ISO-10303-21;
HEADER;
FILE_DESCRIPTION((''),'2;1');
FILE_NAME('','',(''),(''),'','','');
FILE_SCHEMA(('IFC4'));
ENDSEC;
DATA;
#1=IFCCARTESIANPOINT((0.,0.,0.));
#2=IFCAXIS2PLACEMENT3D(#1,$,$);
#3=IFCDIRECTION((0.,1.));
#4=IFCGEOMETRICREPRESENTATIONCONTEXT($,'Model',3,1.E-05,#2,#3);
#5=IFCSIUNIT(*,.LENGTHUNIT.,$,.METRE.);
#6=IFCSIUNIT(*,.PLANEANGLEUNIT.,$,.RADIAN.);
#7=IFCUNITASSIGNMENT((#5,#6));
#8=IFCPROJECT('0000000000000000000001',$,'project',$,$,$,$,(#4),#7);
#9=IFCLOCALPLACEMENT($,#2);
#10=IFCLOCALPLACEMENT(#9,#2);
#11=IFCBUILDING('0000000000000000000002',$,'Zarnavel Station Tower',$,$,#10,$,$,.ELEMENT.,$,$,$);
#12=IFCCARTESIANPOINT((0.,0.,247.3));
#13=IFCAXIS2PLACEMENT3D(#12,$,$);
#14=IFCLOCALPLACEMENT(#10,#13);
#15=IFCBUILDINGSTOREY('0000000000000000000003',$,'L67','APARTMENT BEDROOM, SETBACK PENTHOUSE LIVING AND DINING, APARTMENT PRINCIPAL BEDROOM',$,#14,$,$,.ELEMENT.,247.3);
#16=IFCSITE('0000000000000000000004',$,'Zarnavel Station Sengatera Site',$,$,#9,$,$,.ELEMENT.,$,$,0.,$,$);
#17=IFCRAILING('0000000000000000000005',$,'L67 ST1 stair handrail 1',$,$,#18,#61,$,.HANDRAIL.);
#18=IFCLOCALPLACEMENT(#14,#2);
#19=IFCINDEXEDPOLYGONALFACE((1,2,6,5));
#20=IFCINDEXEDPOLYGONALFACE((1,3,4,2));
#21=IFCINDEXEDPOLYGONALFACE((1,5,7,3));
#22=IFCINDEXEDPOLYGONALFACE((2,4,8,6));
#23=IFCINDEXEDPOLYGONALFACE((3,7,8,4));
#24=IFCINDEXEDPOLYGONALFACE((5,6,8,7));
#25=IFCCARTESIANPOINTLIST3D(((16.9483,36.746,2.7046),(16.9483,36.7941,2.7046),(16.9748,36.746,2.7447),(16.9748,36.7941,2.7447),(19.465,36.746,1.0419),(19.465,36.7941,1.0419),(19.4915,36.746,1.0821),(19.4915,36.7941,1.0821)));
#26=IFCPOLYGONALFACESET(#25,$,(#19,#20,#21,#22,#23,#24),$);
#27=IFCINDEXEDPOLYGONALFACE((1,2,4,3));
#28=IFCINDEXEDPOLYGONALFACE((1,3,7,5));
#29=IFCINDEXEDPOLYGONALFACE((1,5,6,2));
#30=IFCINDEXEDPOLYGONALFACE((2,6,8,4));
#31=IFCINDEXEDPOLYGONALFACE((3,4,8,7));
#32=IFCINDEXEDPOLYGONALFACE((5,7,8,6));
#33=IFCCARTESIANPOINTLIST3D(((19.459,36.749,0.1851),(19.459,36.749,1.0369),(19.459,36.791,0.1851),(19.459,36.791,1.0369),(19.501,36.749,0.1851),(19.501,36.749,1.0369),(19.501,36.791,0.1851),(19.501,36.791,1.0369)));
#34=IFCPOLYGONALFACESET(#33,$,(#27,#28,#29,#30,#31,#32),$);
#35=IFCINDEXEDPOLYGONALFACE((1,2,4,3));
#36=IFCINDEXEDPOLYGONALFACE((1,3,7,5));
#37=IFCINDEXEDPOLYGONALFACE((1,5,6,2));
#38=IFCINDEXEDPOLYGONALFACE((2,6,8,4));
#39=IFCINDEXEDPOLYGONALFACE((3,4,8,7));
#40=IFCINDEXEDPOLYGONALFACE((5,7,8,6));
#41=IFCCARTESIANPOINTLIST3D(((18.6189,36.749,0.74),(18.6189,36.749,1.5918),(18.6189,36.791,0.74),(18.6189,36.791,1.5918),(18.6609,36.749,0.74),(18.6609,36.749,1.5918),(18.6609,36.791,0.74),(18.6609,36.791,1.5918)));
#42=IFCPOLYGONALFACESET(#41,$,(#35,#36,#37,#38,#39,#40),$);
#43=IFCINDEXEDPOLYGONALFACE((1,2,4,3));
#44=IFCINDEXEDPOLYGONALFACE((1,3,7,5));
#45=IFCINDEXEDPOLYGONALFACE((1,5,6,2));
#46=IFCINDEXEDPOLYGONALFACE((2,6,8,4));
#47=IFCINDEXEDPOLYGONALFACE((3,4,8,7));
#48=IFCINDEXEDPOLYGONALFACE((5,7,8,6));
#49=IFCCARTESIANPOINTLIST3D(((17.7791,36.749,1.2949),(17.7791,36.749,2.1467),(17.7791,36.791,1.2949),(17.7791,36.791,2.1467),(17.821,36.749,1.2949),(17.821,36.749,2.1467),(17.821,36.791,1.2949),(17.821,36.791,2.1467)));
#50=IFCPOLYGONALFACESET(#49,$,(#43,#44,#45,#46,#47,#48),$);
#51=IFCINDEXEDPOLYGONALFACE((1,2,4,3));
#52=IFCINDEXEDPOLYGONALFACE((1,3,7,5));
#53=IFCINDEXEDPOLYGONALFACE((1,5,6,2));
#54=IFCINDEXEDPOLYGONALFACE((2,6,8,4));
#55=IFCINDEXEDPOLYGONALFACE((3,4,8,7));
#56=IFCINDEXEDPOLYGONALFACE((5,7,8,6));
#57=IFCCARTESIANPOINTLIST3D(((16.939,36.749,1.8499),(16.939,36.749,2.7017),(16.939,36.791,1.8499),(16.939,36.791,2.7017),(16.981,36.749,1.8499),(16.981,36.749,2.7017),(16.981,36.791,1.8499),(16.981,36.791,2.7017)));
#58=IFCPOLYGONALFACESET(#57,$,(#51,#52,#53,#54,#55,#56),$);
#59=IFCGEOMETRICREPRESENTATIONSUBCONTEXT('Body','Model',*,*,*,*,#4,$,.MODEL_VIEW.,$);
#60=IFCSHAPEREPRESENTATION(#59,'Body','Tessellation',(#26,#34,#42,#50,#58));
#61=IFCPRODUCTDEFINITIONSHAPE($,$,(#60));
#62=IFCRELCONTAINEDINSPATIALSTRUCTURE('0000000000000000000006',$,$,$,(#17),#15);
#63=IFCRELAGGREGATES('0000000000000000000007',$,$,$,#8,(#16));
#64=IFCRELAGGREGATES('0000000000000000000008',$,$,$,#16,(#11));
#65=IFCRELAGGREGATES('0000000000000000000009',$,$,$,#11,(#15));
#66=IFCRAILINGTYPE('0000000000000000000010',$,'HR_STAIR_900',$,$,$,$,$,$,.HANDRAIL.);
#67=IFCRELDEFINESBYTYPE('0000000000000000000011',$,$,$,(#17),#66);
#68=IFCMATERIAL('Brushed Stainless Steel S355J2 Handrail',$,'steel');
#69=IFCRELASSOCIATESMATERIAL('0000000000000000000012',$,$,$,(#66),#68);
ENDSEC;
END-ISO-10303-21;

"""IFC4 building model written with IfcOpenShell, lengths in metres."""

from ifc_helpers import new_model, si_unit, direction, frame, origin, origin_2d, place, context, subcontext, project, spatial, rectangle, extrude, material, type_object, element, save


model = new_model("IFC4")

# Units and contexts
model_context = context("Model", 3, precision=1e-05, world=origin(), true_north=direction((0.0, 1.0)))
body_context = subcontext(model_context, "Body", "Model", "MODEL_VIEW")
ifc_project = project(units=[si_unit("LENGTHUNIT", "METRE"), si_unit("PLANEANGLEUNIT", "RADIAN")], contexts=[model_context])

# Site, building, storey
site_placement = place(None, origin())
site = spatial("IfcSite", under=ifc_project, at=site_placement, Name="Zarnavel Station Sengatera Site", CompositionType="ELEMENT", RefElevation=0.0)
building_placement = place(site_placement, origin())
building = spatial("IfcBuilding", under=site, at=building_placement, Name="Zarnavel Station Tower", CompositionType="ELEMENT")
storey_placement = place(building_placement, frame((0.0, 0.0, 247.3)))
storey = spatial("IfcBuildingStorey", under=building, at=storey_placement, Name="L67", Description="APARTMENT BEDROOM, SETBACK PENTHOUSE LIVING AND DINING, APARTMENT PRINCIPAL BEDROOM", CompositionType="ELEMENT", Elevation=247.3)

# Railing
ifc_material_1 = material(Name="Brushed Stainless Steel S355J2 Handrail", Category="steel")
railing_type_1 = type_object("IfcRailingType", Name="HR_STAIR_900", PredefinedType="HANDRAIL", material=ifc_material_1)
railing_1_placement = place(storey_placement, frame((19.48, 36.77, 0.1851)))
element("IfcRailing", 1, at=railing_1_placement, inside=storey, type_object=railing_type_1, Name="L67 ST1 stair handrail 1", PredefinedType="HANDRAIL", context=body_context, shape_type="SweptSolid", body=[
    extrude(rectangle(XDim=0.0481, YDim=0.0481, at=origin_2d()), frame((-0.0017, 0.0, 0.877), z_axis=(-0.834369, 0.0, 0.551207), x_axis=(0.0, -1.0, 0.0)), (0.0, 0.0, 1.0), 3.0164),
    extrude(rectangle(XDim=0.042, YDim=0.042, at=origin_2d()), origin(), (0.0, 0.0, 1.0), 0.8518),
    extrude(rectangle(XDim=0.042, YDim=0.042, at=origin_2d()), frame((-0.8401, 0.0, 0.5549)), (0.0, 0.0, 1.0), 0.8518),
    extrude(rectangle(XDim=0.042, YDim=0.042, at=origin_2d()), frame((-1.6799, 0.0, 1.1099)), (0.0, 0.0, 1.0), 0.8518),
    extrude(rectangle(XDim=0.042, YDim=0.042, at=origin_2d()), frame((-2.52, 0.0, 1.6648)), (0.0, 0.0, 1.0), 0.8518),
])

save(model, "model.ifc")
